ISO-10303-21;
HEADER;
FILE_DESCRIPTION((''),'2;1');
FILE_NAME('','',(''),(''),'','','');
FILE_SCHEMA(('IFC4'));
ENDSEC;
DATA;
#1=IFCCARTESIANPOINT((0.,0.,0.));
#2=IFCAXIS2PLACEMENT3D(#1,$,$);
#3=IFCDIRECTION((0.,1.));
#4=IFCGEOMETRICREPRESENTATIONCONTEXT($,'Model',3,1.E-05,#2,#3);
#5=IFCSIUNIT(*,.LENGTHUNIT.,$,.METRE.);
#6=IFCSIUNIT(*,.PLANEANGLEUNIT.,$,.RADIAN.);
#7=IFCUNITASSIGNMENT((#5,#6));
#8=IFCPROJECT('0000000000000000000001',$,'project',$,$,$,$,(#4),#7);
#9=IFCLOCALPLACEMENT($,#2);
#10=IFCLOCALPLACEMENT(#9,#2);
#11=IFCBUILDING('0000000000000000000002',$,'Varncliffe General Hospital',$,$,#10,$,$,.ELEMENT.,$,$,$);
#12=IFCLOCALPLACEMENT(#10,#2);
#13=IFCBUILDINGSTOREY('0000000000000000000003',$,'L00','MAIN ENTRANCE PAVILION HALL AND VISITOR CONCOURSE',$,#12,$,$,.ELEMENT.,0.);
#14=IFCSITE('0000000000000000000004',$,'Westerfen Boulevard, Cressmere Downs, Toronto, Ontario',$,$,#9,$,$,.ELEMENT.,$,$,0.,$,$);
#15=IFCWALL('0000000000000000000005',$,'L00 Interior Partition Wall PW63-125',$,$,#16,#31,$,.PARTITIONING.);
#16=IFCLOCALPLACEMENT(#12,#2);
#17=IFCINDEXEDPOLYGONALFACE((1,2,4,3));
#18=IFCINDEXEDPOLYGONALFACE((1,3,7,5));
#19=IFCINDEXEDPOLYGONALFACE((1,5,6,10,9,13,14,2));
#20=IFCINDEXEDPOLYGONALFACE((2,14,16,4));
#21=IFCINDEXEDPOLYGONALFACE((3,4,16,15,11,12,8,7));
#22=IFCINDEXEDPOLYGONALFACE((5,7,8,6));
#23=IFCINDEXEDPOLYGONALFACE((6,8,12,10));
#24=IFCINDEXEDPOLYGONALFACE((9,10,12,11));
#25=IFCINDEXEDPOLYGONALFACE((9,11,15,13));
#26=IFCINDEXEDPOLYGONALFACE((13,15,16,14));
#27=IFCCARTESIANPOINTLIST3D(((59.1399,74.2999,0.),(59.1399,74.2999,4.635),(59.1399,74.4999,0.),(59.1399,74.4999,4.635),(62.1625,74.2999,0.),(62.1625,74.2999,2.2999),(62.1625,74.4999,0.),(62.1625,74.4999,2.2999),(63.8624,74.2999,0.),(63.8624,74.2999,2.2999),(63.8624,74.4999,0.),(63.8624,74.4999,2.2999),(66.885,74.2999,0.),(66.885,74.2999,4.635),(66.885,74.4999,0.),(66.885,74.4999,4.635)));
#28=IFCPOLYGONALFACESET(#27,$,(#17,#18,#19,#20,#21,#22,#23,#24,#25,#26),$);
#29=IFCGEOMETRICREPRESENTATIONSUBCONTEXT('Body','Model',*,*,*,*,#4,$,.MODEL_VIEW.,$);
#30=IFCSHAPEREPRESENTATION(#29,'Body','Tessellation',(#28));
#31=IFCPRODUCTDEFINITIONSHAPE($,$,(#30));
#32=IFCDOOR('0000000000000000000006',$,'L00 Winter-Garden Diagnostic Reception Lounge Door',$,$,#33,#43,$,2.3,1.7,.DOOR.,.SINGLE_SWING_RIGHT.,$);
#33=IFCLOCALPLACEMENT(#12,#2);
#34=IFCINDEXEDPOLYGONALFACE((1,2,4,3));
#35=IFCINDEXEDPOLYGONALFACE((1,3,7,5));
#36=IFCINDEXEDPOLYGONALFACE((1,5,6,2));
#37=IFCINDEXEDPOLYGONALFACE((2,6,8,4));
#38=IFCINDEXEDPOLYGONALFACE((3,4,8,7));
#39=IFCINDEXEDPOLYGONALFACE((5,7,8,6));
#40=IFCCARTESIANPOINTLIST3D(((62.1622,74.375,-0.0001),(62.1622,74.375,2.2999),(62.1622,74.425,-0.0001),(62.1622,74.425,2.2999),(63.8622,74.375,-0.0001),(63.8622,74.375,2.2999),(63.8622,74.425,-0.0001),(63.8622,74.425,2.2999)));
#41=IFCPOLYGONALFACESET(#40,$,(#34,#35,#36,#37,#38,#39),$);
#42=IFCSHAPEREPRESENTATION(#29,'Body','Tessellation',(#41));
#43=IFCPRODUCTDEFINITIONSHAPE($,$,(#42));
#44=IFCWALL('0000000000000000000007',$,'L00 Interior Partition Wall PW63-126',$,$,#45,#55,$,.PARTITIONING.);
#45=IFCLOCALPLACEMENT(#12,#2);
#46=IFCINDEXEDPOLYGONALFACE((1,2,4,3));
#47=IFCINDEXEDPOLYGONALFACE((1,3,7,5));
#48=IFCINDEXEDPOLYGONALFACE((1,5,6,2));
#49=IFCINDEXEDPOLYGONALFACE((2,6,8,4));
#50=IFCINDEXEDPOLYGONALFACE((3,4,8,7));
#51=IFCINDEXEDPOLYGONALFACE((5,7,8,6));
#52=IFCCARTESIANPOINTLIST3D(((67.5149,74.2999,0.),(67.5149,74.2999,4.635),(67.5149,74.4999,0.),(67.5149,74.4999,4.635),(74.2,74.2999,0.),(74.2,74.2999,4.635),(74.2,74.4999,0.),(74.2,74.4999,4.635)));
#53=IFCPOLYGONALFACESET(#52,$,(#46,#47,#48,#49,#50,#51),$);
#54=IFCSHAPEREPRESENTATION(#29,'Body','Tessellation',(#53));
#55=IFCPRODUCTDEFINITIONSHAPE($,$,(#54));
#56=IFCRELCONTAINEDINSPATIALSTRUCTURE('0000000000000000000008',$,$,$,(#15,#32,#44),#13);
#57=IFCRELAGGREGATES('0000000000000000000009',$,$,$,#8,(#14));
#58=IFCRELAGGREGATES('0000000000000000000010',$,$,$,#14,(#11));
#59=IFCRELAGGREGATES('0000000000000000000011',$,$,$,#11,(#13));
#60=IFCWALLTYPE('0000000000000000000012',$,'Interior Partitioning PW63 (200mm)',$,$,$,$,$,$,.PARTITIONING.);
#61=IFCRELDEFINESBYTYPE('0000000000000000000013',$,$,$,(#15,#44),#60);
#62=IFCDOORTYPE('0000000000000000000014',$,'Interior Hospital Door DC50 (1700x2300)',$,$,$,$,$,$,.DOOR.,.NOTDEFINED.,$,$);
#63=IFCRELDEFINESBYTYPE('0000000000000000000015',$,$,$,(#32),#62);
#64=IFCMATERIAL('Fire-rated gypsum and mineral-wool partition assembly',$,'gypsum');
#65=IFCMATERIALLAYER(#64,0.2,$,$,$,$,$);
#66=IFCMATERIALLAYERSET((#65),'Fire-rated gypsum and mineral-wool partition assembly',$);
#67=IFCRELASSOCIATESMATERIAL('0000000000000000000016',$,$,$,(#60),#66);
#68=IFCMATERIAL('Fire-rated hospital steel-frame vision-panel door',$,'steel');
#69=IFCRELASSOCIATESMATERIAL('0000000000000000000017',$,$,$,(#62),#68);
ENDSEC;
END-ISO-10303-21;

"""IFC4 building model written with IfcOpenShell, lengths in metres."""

from ifc_helpers import new_model, si_unit, direction, frame, frame_2d, origin, place, context, subcontext, project, spatial, rectangle, extrude, material, layer, layer_set, type_object, element, fill, save


model = new_model("IFC4")

# Units and contexts
model_context = context("Model", 3, precision=1e-05, world=origin(), true_north=direction((0.0, 1.0)))
body_context = subcontext(model_context, "Body", "Model", "MODEL_VIEW")
ifc_project = project(units=[si_unit("LENGTHUNIT", "METRE"), si_unit("PLANEANGLEUNIT", "RADIAN")], contexts=[model_context])

# Site, building, storey
site_placement = place(None, origin())
site = spatial("IfcSite", under=ifc_project, at=site_placement, Name="Westerfen Boulevard, Cressmere Downs, Toronto, Ontario", CompositionType="ELEMENT", RefElevation=0.0)
building_placement = place(site_placement, origin())
building = spatial("IfcBuilding", under=site, at=building_placement, Name="Varncliffe General Hospital", CompositionType="ELEMENT")
storey_placement = place(building_placement, origin())
storey = spatial("IfcBuildingStorey", under=building, at=storey_placement, Name="L00", Description="MAIN ENTRANCE PAVILION HALL AND VISITOR CONCOURSE", CompositionType="ELEMENT", Elevation=0.0)

# Wall, opening, door
ifc_material_1 = material(Name="Fire-rated gypsum and mineral-wool partition assembly", Category="gypsum")
ifc_layer_1 = layer(ifc_material_1, 0.2)
ifc_layer_set_1 = layer_set([ifc_layer_1], Name="Fire-rated gypsum and mineral-wool partition assembly")
wall_type_1 = type_object("IfcWallType", Name="Interior Partitioning PW63 (200mm)", PredefinedType="PARTITIONING", material=ifc_layer_set_1)
wall_1_placement = place(storey_placement, frame((59.1399, 74.3999, 0.0), z_axis=(0.0, 0.0, 1.0), x_axis=(1.0, 0.0, 0.0)))
wall_1 = element("IfcWall", 1, at=wall_1_placement, inside=storey, type_object=wall_type_1, Name="L00 Interior Partition Wall PW63-125", PredefinedType="PARTITIONING", context=body_context, shape_type="SweptSolid", body=[
    extrude(rectangle(XDim=7.7451, YDim=0.2, at=frame_2d((3.8726, 0.0))), origin(), (0.0, 0.0, 1.0), 4.635),
])
opening_placement = place(wall_1_placement, frame((3.0225, 0.0, 0.0)))
opening = element("IfcOpeningElement", 2, at=opening_placement, cuts=wall_1, PredefinedType="OPENING", context=body_context, shape_type="SweptSolid", body=[
    extrude(rectangle(XDim=1.7, YDim=2.3, at=frame_2d((0.8501, 1.1499))), frame((0.0, 0.1099, 0.0), z_axis=(0.0, -1.0, 0.0), x_axis=(1.0, 0.0, 0.0)), (0.0, 0.0, 1.0), 0.22),
])
ifc_material_2 = material(Name="Fire-rated hospital steel-frame vision-panel door", Category="steel")
door_type = type_object("IfcDoorType", Name="Interior Hospital Door DC50 (1700x2300)", OperationType="NOTDEFINED", PredefinedType="DOOR", material=ifc_material_2)
door_placement = place(opening_placement, frame((1.7, 0.0, 0.0), z_axis=(0.0, 0.0, 1.0), x_axis=(-1.0, 0.0, 0.0)))
door = element("IfcDoor", 3, at=door_placement, inside=storey, type_object=door_type, Name="L00 Winter-Garden Diagnostic Reception Lounge Door", OperationType="SINGLE_SWING_RIGHT", OverallHeight=2.3, OverallWidth=1.7, PredefinedType="DOOR", context=body_context, shape_type="SweptSolid", body=[
    extrude(rectangle(XDim=1.7, YDim=2.3, at=frame_2d((0.8501, 1.1499))), frame((0.0, 0.0249, 0.0), z_axis=(0.0, -1.0, 0.0), x_axis=(1.0, 0.0, 0.0)), (0.0, 0.0, 1.0), 0.05),
])
fill(opening, door)

# Wall
wall_2_placement = place(storey_placement, frame((67.5149, 74.3999, 0.0), z_axis=(0.0, 0.0, 1.0), x_axis=(1.0, 0.0, 0.0)))
element("IfcWall", 4, at=wall_2_placement, inside=storey, type_object=wall_type_1, Name="L00 Interior Partition Wall PW63-126", PredefinedType="PARTITIONING", context=body_context, shape_type="SweptSolid", body=[
    extrude(rectangle(XDim=6.6851, YDim=0.2, at=frame_2d((3.3425, 0.0))), origin(), (0.0, 0.0, 1.0), 4.635),
])

save(model, "model.ifc")
